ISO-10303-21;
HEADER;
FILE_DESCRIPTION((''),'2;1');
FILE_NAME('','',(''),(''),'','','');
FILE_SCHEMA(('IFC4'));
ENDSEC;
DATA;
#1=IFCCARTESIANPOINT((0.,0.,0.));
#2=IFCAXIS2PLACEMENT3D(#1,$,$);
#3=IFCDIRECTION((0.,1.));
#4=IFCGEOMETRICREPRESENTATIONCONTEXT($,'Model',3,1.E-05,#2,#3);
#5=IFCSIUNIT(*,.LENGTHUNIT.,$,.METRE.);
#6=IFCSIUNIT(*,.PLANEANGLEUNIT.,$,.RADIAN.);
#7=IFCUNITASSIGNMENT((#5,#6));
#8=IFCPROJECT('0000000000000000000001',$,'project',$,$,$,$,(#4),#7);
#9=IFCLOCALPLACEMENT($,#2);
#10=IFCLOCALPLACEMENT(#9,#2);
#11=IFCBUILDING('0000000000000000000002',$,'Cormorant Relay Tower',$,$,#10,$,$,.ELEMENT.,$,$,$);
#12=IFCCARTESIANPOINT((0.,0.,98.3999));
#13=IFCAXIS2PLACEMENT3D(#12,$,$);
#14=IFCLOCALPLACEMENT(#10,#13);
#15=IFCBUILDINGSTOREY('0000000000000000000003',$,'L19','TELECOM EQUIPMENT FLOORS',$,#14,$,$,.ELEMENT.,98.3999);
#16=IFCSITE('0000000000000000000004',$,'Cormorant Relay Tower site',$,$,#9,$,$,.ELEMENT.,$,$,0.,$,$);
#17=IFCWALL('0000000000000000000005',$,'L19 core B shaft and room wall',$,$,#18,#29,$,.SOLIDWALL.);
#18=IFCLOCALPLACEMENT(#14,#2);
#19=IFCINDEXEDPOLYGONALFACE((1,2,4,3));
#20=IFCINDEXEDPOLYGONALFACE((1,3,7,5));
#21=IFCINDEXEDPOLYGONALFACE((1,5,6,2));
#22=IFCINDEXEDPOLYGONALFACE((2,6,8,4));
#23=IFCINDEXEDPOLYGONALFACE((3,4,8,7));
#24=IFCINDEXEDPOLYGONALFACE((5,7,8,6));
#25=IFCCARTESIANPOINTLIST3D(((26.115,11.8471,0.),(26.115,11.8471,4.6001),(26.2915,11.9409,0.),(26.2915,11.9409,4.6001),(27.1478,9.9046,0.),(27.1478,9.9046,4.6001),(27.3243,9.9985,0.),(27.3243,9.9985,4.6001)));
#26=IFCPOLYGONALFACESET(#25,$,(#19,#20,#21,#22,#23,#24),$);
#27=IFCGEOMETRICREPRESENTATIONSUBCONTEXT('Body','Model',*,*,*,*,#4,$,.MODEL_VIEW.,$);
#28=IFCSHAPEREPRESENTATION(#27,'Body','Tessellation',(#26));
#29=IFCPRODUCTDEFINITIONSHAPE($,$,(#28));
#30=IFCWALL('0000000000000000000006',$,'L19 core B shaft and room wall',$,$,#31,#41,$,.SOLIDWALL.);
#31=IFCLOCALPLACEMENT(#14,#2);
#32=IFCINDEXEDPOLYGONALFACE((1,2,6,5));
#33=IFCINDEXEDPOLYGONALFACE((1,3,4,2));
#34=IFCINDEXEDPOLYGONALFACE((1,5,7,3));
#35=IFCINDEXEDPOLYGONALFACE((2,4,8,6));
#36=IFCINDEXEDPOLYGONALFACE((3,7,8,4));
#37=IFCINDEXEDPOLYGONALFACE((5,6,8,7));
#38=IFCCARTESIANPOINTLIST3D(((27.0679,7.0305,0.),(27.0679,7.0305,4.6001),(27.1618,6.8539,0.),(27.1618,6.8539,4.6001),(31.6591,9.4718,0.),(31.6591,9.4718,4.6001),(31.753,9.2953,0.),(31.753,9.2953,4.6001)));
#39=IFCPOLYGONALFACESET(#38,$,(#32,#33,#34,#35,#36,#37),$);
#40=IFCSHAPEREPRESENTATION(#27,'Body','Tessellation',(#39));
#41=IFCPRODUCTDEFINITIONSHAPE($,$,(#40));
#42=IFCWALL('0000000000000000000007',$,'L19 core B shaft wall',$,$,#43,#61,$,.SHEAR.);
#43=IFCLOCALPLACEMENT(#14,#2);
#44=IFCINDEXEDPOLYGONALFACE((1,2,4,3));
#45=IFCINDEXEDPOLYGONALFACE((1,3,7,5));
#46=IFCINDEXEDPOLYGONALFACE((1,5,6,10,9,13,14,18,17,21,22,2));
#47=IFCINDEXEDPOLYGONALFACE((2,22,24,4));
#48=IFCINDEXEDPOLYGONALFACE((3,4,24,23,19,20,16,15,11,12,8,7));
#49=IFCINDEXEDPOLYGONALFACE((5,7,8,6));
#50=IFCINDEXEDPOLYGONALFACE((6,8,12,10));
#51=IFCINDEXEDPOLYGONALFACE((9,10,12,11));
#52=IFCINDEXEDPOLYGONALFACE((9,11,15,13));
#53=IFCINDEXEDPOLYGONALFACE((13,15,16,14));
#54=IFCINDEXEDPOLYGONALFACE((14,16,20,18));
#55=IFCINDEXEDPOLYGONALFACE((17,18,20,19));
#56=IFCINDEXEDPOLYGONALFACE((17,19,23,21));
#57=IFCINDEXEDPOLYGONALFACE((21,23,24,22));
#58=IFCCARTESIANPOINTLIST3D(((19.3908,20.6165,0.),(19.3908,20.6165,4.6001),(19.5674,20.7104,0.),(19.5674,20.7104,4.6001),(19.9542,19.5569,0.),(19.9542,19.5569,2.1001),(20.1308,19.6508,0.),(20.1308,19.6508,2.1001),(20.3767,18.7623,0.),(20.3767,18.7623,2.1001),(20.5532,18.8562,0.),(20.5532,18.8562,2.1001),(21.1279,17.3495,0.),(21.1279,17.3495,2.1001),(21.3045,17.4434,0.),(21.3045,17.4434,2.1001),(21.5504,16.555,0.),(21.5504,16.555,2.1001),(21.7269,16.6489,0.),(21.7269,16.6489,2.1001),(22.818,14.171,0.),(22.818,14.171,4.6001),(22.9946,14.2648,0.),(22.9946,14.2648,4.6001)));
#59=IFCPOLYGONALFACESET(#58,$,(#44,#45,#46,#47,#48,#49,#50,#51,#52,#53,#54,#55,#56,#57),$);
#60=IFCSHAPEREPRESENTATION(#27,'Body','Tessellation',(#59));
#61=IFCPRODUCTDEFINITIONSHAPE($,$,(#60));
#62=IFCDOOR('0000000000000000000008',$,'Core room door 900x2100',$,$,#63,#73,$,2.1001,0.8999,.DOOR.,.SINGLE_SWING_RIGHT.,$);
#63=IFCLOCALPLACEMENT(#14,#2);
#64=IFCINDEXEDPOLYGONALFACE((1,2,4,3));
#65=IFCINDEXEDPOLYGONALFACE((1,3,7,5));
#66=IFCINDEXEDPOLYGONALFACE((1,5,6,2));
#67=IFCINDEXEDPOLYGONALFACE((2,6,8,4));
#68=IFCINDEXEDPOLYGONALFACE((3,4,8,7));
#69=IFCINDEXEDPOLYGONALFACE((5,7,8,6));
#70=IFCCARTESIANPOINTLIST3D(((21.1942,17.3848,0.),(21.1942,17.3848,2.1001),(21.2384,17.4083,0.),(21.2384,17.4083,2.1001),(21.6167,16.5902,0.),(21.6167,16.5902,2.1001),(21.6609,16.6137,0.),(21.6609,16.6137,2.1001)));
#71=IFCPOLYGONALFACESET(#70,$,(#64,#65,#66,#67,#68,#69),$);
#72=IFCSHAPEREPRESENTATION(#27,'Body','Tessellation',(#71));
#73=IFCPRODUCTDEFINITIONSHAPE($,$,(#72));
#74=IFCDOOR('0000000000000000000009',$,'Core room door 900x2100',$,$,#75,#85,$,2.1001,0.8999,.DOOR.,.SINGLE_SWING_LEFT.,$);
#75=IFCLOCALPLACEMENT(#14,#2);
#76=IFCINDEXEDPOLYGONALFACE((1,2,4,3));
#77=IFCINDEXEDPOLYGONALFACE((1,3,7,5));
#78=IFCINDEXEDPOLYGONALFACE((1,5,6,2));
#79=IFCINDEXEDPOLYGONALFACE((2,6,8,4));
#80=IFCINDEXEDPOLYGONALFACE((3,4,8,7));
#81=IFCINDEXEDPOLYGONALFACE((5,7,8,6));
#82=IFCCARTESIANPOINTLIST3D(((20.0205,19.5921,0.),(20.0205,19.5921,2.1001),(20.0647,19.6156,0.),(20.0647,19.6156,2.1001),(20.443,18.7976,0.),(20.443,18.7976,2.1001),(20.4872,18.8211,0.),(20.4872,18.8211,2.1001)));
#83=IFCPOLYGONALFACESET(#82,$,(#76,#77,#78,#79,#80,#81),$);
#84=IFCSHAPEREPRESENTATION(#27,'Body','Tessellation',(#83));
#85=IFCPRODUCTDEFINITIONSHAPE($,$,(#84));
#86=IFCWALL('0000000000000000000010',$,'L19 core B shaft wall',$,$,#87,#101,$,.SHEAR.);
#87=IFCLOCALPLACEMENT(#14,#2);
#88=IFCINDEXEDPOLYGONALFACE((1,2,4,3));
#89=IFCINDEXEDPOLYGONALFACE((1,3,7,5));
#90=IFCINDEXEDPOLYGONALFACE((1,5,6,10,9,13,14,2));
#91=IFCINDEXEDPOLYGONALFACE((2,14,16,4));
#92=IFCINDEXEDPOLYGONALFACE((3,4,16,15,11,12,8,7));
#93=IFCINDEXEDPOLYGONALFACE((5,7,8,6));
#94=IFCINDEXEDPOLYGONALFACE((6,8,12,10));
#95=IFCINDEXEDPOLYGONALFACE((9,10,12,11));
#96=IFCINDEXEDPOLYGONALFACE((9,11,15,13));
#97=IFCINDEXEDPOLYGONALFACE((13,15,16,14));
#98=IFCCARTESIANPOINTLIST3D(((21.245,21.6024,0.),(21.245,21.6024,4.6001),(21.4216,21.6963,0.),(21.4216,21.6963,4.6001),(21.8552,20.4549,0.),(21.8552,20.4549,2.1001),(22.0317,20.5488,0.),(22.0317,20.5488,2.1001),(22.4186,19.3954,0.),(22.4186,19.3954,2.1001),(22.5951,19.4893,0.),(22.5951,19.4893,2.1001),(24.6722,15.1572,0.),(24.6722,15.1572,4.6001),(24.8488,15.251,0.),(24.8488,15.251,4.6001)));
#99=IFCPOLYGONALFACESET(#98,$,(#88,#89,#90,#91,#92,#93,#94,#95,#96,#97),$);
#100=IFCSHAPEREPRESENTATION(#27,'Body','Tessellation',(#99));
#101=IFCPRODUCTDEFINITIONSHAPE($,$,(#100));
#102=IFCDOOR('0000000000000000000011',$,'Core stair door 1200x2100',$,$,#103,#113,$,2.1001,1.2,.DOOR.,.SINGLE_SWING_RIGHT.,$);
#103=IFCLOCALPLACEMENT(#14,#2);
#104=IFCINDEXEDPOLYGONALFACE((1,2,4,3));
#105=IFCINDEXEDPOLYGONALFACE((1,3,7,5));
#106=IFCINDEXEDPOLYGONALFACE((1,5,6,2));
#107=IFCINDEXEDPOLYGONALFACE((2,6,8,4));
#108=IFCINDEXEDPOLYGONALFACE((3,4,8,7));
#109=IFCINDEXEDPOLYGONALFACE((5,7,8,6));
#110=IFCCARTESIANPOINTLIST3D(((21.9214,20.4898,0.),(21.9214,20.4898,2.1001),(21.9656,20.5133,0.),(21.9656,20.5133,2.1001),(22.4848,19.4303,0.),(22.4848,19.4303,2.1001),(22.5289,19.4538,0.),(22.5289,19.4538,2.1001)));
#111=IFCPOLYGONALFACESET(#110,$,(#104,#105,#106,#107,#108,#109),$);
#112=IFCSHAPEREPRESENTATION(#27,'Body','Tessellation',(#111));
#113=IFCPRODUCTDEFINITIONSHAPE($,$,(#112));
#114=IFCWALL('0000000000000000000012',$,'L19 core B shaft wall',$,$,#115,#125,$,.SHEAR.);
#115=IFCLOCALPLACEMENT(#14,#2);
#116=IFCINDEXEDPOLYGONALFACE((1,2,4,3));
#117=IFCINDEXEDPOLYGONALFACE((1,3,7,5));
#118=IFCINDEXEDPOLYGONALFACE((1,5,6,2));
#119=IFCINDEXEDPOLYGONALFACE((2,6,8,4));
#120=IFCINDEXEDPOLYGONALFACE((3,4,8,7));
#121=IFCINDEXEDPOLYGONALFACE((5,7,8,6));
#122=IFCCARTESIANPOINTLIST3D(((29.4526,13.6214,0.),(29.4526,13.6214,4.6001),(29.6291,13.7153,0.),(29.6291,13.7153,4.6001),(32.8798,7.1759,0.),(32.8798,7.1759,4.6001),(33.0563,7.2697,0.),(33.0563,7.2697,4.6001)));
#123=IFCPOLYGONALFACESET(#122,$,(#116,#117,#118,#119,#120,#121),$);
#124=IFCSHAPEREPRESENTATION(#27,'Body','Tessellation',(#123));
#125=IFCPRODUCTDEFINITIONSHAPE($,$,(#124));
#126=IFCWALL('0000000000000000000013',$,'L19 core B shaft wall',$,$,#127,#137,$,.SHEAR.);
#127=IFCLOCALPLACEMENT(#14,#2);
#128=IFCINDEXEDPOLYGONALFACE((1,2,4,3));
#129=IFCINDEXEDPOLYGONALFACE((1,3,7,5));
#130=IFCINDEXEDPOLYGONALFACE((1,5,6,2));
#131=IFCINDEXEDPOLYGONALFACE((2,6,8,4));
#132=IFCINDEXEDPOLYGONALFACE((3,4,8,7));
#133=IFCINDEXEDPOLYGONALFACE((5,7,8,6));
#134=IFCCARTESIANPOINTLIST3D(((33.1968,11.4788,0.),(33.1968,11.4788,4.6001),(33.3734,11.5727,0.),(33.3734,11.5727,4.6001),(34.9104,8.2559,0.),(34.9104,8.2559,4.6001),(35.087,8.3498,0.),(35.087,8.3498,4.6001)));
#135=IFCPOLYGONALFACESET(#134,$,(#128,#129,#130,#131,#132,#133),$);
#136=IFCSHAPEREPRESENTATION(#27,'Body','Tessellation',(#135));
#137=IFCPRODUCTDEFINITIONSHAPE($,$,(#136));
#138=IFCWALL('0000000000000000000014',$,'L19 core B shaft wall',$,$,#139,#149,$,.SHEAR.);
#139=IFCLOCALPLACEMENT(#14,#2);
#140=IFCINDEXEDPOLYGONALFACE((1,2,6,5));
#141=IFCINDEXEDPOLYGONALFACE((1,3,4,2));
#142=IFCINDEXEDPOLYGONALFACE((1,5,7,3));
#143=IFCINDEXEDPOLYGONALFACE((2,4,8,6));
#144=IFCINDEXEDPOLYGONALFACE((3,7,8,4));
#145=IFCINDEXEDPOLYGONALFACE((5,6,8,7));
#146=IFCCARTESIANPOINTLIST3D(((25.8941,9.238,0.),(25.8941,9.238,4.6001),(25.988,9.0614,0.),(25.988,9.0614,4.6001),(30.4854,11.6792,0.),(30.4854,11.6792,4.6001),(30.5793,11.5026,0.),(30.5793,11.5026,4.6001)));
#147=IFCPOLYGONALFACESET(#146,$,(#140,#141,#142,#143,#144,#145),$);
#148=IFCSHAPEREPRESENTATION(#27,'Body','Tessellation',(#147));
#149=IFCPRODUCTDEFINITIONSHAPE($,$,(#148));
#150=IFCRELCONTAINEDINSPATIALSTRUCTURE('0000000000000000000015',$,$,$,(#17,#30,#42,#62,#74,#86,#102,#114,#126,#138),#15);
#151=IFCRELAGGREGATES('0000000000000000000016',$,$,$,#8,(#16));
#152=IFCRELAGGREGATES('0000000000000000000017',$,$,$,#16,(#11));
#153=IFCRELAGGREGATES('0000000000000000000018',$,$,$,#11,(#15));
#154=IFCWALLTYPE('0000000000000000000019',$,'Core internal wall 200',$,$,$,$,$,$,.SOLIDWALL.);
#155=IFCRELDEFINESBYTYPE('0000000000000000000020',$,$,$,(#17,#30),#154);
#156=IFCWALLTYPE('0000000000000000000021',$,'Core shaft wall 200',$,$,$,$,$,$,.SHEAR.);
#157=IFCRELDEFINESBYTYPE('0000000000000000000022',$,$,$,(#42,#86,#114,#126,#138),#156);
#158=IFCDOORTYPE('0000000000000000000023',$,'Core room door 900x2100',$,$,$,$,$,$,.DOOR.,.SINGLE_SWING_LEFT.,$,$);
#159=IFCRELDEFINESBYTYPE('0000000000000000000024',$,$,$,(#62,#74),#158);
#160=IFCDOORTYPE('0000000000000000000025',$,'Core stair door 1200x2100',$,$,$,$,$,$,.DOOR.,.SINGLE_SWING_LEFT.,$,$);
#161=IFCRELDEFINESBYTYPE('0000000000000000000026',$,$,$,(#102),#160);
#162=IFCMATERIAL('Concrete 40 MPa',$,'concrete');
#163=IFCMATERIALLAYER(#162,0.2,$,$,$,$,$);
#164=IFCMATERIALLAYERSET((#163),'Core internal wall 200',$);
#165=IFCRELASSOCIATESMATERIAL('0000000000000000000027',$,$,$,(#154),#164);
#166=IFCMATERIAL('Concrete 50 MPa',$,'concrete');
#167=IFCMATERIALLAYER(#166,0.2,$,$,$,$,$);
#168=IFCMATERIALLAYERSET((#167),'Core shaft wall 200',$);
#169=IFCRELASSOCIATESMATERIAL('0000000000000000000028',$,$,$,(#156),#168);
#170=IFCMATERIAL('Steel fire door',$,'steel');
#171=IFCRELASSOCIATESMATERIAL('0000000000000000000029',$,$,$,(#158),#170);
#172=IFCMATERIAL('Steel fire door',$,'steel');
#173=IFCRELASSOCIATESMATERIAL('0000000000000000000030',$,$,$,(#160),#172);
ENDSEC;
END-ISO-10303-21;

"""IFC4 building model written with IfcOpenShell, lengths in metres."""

from ifc_helpers import new_model, si_unit, direction, frame, frame_2d, origin, place, context, subcontext, project, spatial, rectangle, extrude, material, layer, layer_set, type_object, element, fill, save


model = new_model("IFC4")

# Units and contexts
model_context = context("Model", 3, precision=1e-05, world=origin(), true_north=direction((0.0, 1.0)))
body_context = subcontext(model_context, "Body", "Model", "MODEL_VIEW")
ifc_project = project(units=[si_unit("LENGTHUNIT", "METRE"), si_unit("PLANEANGLEUNIT", "RADIAN")], contexts=[model_context])

# Site, building, storey
site_placement = place(None, origin())
site = spatial("IfcSite", under=ifc_project, at=site_placement, Name="Cormorant Relay Tower site", CompositionType="ELEMENT", RefElevation=0.0)
building_placement = place(site_placement, origin())
building = spatial("IfcBuilding", under=site, at=building_placement, Name="Cormorant Relay Tower", CompositionType="ELEMENT")
storey_placement = place(building_placement, frame((0.0, 0.0, 98.3999)))
storey = spatial("IfcBuildingStorey", under=building, at=storey_placement, Name="L19", Description="TELECOM EQUIPMENT FLOORS", CompositionType="ELEMENT", Elevation=98.3999)

# Walls
ifc_material_1 = material(Name="Concrete 40 MPa", Category="concrete")
ifc_layer_1 = layer(ifc_material_1, 0.2)
ifc_layer_set_1 = layer_set([ifc_layer_1], Name="Core internal wall 200")
wall_type_1 = type_object("IfcWallType", Name="Core internal wall 200", PredefinedType="SOLIDWALL", material=ifc_layer_set_1)
wall_1_placement = place(storey_placement, frame((27.2361, 9.9514, 0.0), z_axis=(0.0, 0.0, 1.0), x_axis=(-0.469447, 0.88296, 0.0)))
element("IfcWall", 1, at=wall_1_placement, inside=storey, type_object=wall_type_1, Name="L19 core B shaft and room wall", PredefinedType="SOLIDWALL", context=body_context, shape_type="SweptSolid", body=[
    extrude(rectangle(XDim=2.2, YDim=0.2, at=frame_2d((1.1001, 0.0))), origin(), (0.0, 0.0, 1.0), 4.6001),
])
wall_2_placement = place(storey_placement, frame((27.1147, 6.9421, 0.0), z_axis=(0.0, 0.0, 1.0), x_axis=(0.882935, 0.469496, 0.0)))
element("IfcWall", 2, at=wall_2_placement, inside=storey, type_object=wall_type_1, Name="L19 core B shaft and room wall", PredefinedType="SOLIDWALL", context=body_context, shape_type="SweptSolid", body=[
    extrude(rectangle(XDim=5.2, YDim=0.2, at=frame_2d((2.6001, 0.0))), origin(), (0.0, 0.0, 1.0), 4.6001),
])

# Wall, openings, doors
ifc_material_2 = material(Name="Concrete 50 MPa", Category="concrete")
ifc_layer_2 = layer(ifc_material_2, 0.2)
ifc_layer_set_2 = layer_set([ifc_layer_2], Name="Core shaft wall 200")
wall_type_2 = type_object("IfcWallType", Name="Core shaft wall 200", PredefinedType="SHEAR", material=ifc_layer_set_2)
wall_3_placement = place(storey_placement, frame((22.9062, 14.218, 0.0), z_axis=(0.0, 0.0, 1.0), x_axis=(-0.46948, 0.882943, 0.0)))
wall_3 = element("IfcWall", 3, at=wall_3_placement, inside=storey, type_object=wall_type_2, Name="L19 core B shaft wall", PredefinedType="SHEAR", context=body_context, shape_type="SweptSolid", body=[
    extrude(rectangle(XDim=7.3, YDim=0.2, at=frame_2d((3.6499, 0.0))), origin(), (0.0, 0.0, 1.0), 4.6001),
])
opening_1_placement = place(wall_3_placement, frame((2.7, 0.0, 0.0)))
opening_1 = element("IfcOpeningElement", 4, at=opening_1_placement, cuts=wall_3, PredefinedType="OPENING", context=body_context, shape_type="SweptSolid", body=[
    extrude(rectangle(XDim=0.8999, YDim=2.1001, at=frame_2d((0.45, 1.05))), frame((0.0, 0.1099, 0.0), z_axis=(0.0, -1.0, 0.0), x_axis=(1.0, 0.0, 0.0)), (0.0, 0.0, 1.0), 0.22),
])
opening_2_placement = place(wall_3_placement, frame((5.2, 0.0, 0.0)))
opening_2 = element("IfcOpeningElement", 5, at=opening_2_placement, cuts=wall_3, PredefinedType="OPENING", context=body_context, shape_type="SweptSolid", body=[
    extrude(rectangle(XDim=0.8999, YDim=2.1001, at=frame_2d((0.45, 1.05))), frame((0.0, 0.1099, 0.0), z_axis=(0.0, -1.0, 0.0), x_axis=(1.0, 0.0, 0.0)), (0.0, 0.0, 1.0), 0.22),
])
ifc_material_3 = material(Name="Steel fire door", Category="steel")
door_type_1 = type_object("IfcDoorType", Name="Core room door 900x2100", OperationType="SINGLE_SWING_LEFT", PredefinedType="DOOR", material=ifc_material_3)
door_1_placement = place(opening_1_placement, origin())
door_1 = element("IfcDoor", 6, at=door_1_placement, inside=storey, type_object=door_type_1, Name="Core room door 900x2100", OperationType="SINGLE_SWING_RIGHT", OverallHeight=2.1001, OverallWidth=0.8999, PredefinedType="DOOR", context=body_context, shape_type="SweptSolid", body=[
    extrude(rectangle(XDim=0.8999, YDim=2.1001, at=frame_2d((0.45, 1.05))), frame((0.0, 0.0249, 0.0), z_axis=(0.0, -1.0, 0.0), x_axis=(1.0, 0.0, 0.0)), (0.0, 0.0, 1.0), 0.05),
])
fill(opening_1, door_1)
door_2_placement = place(opening_2_placement, origin())
door_2 = element("IfcDoor", 7, at=door_2_placement, inside=storey, type_object=door_type_1, Name="Core room door 900x2100", OperationType="SINGLE_SWING_LEFT", OverallHeight=2.1001, OverallWidth=0.8999, PredefinedType="DOOR", context=body_context, shape_type="SweptSolid", body=[
    extrude(rectangle(XDim=0.8999, YDim=2.1001, at=frame_2d((0.45, 1.05))), frame((0.0, 0.0249, 0.0), z_axis=(0.0, -1.0, 0.0), x_axis=(1.0, 0.0, 0.0)), (0.0, 0.0, 1.0), 0.05),
])
fill(opening_2, door_2)

# Wall, opening, door
wall_4_placement = place(storey_placement, frame((24.7605, 15.2041, 0.0), z_axis=(0.0, 0.0, 1.0), x_axis=(-0.469494, 0.882936, 0.0)))
wall_4 = element("IfcWall", 8, at=wall_4_placement, inside=storey, type_object=wall_type_2, Name="L19 core B shaft wall", PredefinedType="SHEAR", context=body_context, shape_type="SweptSolid", body=[
    extrude(rectangle(XDim=7.2998, YDim=0.2, at=frame_2d((3.6499, 0.0))), origin(), (0.0, 0.0, 1.0), 4.6001),
])
opening_3_placement = place(wall_4_placement, frame((4.8, 0.0, 0.0)))
opening_3 = element("IfcOpeningElement", 9, at=opening_3_placement, cuts=wall_4, PredefinedType="OPENING", context=body_context, shape_type="SweptSolid", body=[
    extrude(rectangle(XDim=1.2, YDim=2.1001, at=frame_2d((0.6001, 1.05))), frame((0.0, 0.1099, 0.0), z_axis=(0.0, -1.0, 0.0), x_axis=(1.0, 0.0, 0.0)), (0.0, 0.0, 1.0), 0.22),
])
ifc_material_4 = material(Name="Steel fire door", Category="steel")
door_type_2 = type_object("IfcDoorType", Name="Core stair door 1200x2100", OperationType="SINGLE_SWING_LEFT", PredefinedType="DOOR", material=ifc_material_4)
door_3_placement = place(opening_3_placement, frame((1.2, 0.0, 0.0), z_axis=(0.0, 0.0, 1.0), x_axis=(-1.0, 0.0, 0.0)))
door_3 = element("IfcDoor", 10, at=door_3_placement, inside=storey, type_object=door_type_2, Name="Core stair door 1200x2100", OperationType="SINGLE_SWING_RIGHT", OverallHeight=2.1001, OverallWidth=1.2, PredefinedType="DOOR", context=body_context, shape_type="SweptSolid", body=[
    extrude(rectangle(XDim=1.2, YDim=2.1001, at=frame_2d((0.6001, 1.05))), frame((0.0, 0.0249, 0.0), z_axis=(0.0, -1.0, 0.0), x_axis=(1.0, 0.0, 0.0)), (0.0, 0.0, 1.0), 0.05),
])
fill(opening_3, door_3)

# Walls
wall_5_placement = place(storey_placement, frame((32.968, 7.2229, 0.0), z_axis=(0.0, 0.0, 1.0), x_axis=(-0.46948, 0.882943, 0.0)))
element("IfcWall", 11, at=wall_5_placement, inside=storey, type_object=wall_type_2, Name="L19 core B shaft wall", PredefinedType="SHEAR", context=body_context, shape_type="SweptSolid", body=[
    extrude(rectangle(XDim=7.3, YDim=0.2, at=frame_2d((3.6499, 0.0))), origin(), (0.0, 0.0, 1.0), 4.6001),
])
wall_6_placement = place(storey_placement, frame((34.9988, 8.3027, 0.0), z_axis=(0.0, 0.0, 1.0), x_axis=(-0.469467, 0.88295, 0.0)))
element("IfcWall", 12, at=wall_6_placement, inside=storey, type_object=wall_type_2, Name="L19 core B shaft wall", PredefinedType="SHEAR", context=body_context, shape_type="SweptSolid", body=[
    extrude(rectangle(XDim=3.6501, YDim=0.2, at=frame_2d((1.8252, 0.0))), origin(), (0.0, 0.0, 1.0), 4.6001),
])

# Wall
wall_7_placement = place(storey_placement, frame((25.9409, 9.1497, 0.0), z_axis=(0.0, 0.0, 1.0), x_axis=(0.882954, 0.46946, 0.0)))
element("IfcWall", 13, at=wall_7_placement, inside=storey, type_object=wall_type_2, Name="L19 core B shaft wall", PredefinedType="SHEAR", context=body_context, shape_type="SweptSolid", body=[
    extrude(rectangle(XDim=5.2, YDim=0.2, at=frame_2d((2.6001, 0.0))), origin(), (0.0, 0.0, 1.0), 4.6001),
])

save(model, "model.ifc")
